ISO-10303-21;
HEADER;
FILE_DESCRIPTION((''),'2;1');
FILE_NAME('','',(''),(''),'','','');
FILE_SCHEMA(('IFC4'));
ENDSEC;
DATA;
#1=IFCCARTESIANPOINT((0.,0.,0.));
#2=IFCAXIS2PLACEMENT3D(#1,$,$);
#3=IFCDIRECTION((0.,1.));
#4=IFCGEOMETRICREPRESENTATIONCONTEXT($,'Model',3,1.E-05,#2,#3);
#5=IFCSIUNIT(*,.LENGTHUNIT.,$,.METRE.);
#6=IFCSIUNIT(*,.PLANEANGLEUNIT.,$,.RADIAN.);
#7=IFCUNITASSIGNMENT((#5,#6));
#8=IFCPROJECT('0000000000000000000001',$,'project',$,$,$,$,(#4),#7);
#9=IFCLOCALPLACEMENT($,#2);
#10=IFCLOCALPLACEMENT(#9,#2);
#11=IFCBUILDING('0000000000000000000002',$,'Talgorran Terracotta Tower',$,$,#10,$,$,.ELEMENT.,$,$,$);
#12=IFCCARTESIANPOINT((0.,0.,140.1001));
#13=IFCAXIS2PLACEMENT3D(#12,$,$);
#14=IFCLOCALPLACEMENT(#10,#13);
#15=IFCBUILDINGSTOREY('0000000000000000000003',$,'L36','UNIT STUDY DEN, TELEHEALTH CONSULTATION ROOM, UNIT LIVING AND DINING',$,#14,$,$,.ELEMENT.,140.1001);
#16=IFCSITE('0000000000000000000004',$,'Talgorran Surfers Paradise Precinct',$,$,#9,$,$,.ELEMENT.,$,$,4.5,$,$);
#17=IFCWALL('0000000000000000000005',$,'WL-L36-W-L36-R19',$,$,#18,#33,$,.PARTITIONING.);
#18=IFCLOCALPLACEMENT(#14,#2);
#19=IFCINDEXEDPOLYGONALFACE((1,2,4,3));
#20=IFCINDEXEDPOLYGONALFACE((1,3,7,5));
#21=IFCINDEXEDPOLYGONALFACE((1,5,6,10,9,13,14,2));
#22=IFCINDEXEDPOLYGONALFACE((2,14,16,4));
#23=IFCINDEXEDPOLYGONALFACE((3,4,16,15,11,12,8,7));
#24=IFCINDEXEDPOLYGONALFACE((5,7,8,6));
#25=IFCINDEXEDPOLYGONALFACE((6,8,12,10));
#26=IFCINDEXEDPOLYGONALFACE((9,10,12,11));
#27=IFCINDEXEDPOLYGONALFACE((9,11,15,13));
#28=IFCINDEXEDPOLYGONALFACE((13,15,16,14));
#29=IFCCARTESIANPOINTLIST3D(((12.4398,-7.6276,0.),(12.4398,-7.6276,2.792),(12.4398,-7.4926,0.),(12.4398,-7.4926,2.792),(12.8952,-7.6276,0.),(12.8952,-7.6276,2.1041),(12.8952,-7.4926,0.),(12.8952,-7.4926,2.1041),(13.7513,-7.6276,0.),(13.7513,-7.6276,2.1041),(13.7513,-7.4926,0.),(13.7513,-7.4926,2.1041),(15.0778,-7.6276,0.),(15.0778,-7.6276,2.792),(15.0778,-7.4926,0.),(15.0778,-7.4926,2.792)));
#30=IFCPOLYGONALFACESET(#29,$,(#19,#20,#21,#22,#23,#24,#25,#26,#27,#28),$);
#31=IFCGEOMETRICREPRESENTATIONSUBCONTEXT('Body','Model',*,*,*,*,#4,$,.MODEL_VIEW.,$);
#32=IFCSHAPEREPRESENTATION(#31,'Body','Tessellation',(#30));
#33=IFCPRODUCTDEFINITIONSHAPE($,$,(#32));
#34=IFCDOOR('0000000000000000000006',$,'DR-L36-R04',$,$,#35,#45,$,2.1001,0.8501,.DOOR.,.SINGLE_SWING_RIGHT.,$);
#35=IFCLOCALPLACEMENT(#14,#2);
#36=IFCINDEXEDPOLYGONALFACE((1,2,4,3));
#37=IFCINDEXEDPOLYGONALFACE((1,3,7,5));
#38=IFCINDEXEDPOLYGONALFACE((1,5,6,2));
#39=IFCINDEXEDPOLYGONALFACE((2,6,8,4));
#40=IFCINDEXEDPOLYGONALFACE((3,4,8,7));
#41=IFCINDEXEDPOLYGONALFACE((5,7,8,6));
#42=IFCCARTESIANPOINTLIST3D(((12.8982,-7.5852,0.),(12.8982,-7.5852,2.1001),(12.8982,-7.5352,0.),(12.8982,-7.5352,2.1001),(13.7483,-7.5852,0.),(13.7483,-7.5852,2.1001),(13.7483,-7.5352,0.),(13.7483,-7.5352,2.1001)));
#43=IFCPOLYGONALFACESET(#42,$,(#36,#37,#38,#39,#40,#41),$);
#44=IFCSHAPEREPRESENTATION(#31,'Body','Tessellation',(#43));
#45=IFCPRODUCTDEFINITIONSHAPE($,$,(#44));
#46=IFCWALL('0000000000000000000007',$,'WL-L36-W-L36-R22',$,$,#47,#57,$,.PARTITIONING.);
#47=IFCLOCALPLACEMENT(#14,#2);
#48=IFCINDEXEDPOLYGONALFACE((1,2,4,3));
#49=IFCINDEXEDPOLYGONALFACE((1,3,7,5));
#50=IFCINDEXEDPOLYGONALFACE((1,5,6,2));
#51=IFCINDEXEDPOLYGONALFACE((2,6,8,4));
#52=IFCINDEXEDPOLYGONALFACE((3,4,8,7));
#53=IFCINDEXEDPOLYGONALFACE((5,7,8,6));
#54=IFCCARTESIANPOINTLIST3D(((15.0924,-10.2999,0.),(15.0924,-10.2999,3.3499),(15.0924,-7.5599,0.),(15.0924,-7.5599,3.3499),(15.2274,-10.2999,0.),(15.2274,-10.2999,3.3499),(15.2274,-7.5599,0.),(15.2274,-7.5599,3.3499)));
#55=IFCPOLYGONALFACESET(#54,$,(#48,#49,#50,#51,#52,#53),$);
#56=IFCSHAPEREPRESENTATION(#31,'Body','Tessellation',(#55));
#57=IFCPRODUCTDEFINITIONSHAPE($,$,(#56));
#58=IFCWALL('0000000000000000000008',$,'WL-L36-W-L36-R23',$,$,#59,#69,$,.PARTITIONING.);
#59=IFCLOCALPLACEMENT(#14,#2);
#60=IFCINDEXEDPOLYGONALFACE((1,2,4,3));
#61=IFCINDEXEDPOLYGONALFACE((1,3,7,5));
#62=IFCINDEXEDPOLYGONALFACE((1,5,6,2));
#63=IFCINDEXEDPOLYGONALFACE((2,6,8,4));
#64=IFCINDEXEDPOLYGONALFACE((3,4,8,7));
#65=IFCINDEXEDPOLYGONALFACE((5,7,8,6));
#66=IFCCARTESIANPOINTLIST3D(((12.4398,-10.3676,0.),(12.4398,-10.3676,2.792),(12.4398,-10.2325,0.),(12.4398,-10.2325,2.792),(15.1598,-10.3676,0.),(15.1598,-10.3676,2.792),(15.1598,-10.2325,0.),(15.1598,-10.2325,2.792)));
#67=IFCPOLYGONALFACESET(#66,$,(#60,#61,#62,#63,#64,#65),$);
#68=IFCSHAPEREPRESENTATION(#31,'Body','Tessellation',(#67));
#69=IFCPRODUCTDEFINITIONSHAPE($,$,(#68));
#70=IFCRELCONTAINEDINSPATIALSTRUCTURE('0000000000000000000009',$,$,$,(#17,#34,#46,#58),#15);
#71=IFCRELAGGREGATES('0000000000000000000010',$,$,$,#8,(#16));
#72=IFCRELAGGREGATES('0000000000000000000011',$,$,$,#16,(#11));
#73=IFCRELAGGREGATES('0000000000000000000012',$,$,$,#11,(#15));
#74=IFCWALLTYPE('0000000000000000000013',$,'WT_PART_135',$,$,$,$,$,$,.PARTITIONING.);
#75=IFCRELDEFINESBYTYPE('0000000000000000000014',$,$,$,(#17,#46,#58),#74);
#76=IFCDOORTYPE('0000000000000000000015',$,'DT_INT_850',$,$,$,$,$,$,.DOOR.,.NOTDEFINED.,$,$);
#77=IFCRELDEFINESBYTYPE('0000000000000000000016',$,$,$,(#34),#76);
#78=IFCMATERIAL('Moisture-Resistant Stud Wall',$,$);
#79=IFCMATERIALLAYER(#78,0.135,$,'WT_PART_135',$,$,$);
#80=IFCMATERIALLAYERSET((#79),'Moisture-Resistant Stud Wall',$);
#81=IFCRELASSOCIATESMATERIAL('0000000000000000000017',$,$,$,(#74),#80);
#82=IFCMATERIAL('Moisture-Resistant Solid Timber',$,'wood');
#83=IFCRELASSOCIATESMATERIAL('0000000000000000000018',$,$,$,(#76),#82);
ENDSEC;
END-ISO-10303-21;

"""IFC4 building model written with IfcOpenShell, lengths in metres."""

from ifc_helpers import new_model, si_unit, direction, frame, frame_2d, origin, place, context, subcontext, project, spatial, rectangle, extrude, material, layer, layer_set, type_object, element, fill, save


model = new_model("IFC4")

# Units and contexts
model_context = context("Model", 3, precision=1e-05, world=origin(), true_north=direction((0.0, 1.0)))
body_context = subcontext(model_context, "Body", "Model", "MODEL_VIEW")
ifc_project = project(units=[si_unit("LENGTHUNIT", "METRE"), si_unit("PLANEANGLEUNIT", "RADIAN")], contexts=[model_context])

# Site, building, storey
site_placement = place(None, origin())
site = spatial("IfcSite", under=ifc_project, at=site_placement, Name="Talgorran Surfers Paradise Precinct", CompositionType="ELEMENT", RefElevation=4.5)
building_placement = place(site_placement, origin())
building = spatial("IfcBuilding", under=site, at=building_placement, Name="Talgorran Terracotta Tower", CompositionType="ELEMENT")
storey_placement = place(building_placement, frame((0.0, 0.0, 140.1001)))
storey = spatial("IfcBuildingStorey", under=building, at=storey_placement, Name="L36", Description="UNIT STUDY DEN, TELEHEALTH CONSULTATION ROOM, UNIT LIVING AND DINING", CompositionType="ELEMENT", Elevation=140.1001)

# Wall, opening, door
ifc_material_1 = material(Name="Moisture-Resistant Stud Wall")
ifc_layer_1 = layer(ifc_material_1, 0.135, Name="WT_PART_135")
ifc_layer_set_1 = layer_set([ifc_layer_1], Name="Moisture-Resistant Stud Wall")
wall_type_1 = type_object("IfcWallType", Name="WT_PART_135", PredefinedType="PARTITIONING", material=ifc_layer_set_1)
wall_1_placement = place(storey_placement, frame((12.4399, -7.5601, 0.0), z_axis=(0.0, 0.0, 1.0), x_axis=(1.0, 0.0, 0.0)))
wall_1 = element("IfcWall", 1, at=wall_1_placement, inside=storey, type_object=wall_type_1, Name="WL-L36-W-L36-R19", PredefinedType="PARTITIONING", context=body_context, shape_type="SweptSolid", body=[
    extrude(rectangle(XDim=2.6379, YDim=0.135, at=frame_2d((1.3188, 0.0))), origin(), (0.0, 0.0, 1.0), 2.792),
])
opening_1_placement = place(wall_1_placement, frame((0.4583, 0.0, 0.0)))
opening_1 = element("IfcOpeningElement", 2, at=opening_1_placement, cuts=wall_1, PredefinedType="OPENING", context=body_context, shape_type="SweptSolid", body=[
    extrude(rectangle(XDim=0.8561, YDim=2.1041, at=frame_2d((0.425, 1.052))), frame((0.0, 0.0776, 0.0), z_axis=(0.0, -1.0, 0.0), x_axis=(1.0, 0.0, 0.0)), (0.0, 0.0, 1.0), 0.155),
])
ifc_material_2 = material(Name="Moisture-Resistant Solid Timber", Category="wood")
door_type_1 = type_object("IfcDoorType", Name="DT_INT_850", OperationType="NOTDEFINED", PredefinedType="DOOR", material=ifc_material_2)
door_1_placement = place(opening_1_placement, origin())
door_1 = element("IfcDoor", 3, at=door_1_placement, inside=storey, type_object=door_type_1, Name="DR-L36-R04", OperationType="SINGLE_SWING_RIGHT", OverallHeight=2.1001, OverallWidth=0.8501, PredefinedType="DOOR", context=body_context, shape_type="SweptSolid", body=[
    extrude(rectangle(XDim=0.8501, YDim=2.1001, at=frame_2d((0.425, 1.05))), frame((0.0, 0.0249, 0.0), z_axis=(0.0, -1.0, 0.0), x_axis=(1.0, 0.0, 0.0)), (0.0, 0.0, 1.0), 0.05),
])
fill(opening_1, door_1)

# Walls
wall_2_placement = place(storey_placement, frame((15.1599, -10.3, 0.0), z_axis=(0.0, 0.0, 1.0), x_axis=(0.0, 1.0, 0.0)))
element("IfcWall", 4, at=wall_2_placement, inside=storey, type_object=wall_type_1, Name="WL-L36-W-L36-R22", PredefinedType="PARTITIONING", context=body_context, shape_type="SweptSolid", body=[
    extrude(rectangle(XDim=2.74, YDim=0.135, at=frame_2d((1.3701, 0.0))), origin(), (0.0, 0.0, 1.0), 3.3499),
])
wall_3_placement = place(storey_placement, frame((12.4399, -10.3, 0.0), z_axis=(0.0, 0.0, 1.0), x_axis=(1.0, 0.0, 0.0)))
element("IfcWall", 5, at=wall_3_placement, inside=storey, type_object=wall_type_1, Name="WL-L36-W-L36-R23", PredefinedType="PARTITIONING", context=body_context, shape_type="SweptSolid", body=[
    extrude(rectangle(XDim=2.72, YDim=0.135, at=frame_2d((1.3599, 0.0))), origin(), (0.0, 0.0, 1.0), 2.792),
])

save(model, "model.ifc")
